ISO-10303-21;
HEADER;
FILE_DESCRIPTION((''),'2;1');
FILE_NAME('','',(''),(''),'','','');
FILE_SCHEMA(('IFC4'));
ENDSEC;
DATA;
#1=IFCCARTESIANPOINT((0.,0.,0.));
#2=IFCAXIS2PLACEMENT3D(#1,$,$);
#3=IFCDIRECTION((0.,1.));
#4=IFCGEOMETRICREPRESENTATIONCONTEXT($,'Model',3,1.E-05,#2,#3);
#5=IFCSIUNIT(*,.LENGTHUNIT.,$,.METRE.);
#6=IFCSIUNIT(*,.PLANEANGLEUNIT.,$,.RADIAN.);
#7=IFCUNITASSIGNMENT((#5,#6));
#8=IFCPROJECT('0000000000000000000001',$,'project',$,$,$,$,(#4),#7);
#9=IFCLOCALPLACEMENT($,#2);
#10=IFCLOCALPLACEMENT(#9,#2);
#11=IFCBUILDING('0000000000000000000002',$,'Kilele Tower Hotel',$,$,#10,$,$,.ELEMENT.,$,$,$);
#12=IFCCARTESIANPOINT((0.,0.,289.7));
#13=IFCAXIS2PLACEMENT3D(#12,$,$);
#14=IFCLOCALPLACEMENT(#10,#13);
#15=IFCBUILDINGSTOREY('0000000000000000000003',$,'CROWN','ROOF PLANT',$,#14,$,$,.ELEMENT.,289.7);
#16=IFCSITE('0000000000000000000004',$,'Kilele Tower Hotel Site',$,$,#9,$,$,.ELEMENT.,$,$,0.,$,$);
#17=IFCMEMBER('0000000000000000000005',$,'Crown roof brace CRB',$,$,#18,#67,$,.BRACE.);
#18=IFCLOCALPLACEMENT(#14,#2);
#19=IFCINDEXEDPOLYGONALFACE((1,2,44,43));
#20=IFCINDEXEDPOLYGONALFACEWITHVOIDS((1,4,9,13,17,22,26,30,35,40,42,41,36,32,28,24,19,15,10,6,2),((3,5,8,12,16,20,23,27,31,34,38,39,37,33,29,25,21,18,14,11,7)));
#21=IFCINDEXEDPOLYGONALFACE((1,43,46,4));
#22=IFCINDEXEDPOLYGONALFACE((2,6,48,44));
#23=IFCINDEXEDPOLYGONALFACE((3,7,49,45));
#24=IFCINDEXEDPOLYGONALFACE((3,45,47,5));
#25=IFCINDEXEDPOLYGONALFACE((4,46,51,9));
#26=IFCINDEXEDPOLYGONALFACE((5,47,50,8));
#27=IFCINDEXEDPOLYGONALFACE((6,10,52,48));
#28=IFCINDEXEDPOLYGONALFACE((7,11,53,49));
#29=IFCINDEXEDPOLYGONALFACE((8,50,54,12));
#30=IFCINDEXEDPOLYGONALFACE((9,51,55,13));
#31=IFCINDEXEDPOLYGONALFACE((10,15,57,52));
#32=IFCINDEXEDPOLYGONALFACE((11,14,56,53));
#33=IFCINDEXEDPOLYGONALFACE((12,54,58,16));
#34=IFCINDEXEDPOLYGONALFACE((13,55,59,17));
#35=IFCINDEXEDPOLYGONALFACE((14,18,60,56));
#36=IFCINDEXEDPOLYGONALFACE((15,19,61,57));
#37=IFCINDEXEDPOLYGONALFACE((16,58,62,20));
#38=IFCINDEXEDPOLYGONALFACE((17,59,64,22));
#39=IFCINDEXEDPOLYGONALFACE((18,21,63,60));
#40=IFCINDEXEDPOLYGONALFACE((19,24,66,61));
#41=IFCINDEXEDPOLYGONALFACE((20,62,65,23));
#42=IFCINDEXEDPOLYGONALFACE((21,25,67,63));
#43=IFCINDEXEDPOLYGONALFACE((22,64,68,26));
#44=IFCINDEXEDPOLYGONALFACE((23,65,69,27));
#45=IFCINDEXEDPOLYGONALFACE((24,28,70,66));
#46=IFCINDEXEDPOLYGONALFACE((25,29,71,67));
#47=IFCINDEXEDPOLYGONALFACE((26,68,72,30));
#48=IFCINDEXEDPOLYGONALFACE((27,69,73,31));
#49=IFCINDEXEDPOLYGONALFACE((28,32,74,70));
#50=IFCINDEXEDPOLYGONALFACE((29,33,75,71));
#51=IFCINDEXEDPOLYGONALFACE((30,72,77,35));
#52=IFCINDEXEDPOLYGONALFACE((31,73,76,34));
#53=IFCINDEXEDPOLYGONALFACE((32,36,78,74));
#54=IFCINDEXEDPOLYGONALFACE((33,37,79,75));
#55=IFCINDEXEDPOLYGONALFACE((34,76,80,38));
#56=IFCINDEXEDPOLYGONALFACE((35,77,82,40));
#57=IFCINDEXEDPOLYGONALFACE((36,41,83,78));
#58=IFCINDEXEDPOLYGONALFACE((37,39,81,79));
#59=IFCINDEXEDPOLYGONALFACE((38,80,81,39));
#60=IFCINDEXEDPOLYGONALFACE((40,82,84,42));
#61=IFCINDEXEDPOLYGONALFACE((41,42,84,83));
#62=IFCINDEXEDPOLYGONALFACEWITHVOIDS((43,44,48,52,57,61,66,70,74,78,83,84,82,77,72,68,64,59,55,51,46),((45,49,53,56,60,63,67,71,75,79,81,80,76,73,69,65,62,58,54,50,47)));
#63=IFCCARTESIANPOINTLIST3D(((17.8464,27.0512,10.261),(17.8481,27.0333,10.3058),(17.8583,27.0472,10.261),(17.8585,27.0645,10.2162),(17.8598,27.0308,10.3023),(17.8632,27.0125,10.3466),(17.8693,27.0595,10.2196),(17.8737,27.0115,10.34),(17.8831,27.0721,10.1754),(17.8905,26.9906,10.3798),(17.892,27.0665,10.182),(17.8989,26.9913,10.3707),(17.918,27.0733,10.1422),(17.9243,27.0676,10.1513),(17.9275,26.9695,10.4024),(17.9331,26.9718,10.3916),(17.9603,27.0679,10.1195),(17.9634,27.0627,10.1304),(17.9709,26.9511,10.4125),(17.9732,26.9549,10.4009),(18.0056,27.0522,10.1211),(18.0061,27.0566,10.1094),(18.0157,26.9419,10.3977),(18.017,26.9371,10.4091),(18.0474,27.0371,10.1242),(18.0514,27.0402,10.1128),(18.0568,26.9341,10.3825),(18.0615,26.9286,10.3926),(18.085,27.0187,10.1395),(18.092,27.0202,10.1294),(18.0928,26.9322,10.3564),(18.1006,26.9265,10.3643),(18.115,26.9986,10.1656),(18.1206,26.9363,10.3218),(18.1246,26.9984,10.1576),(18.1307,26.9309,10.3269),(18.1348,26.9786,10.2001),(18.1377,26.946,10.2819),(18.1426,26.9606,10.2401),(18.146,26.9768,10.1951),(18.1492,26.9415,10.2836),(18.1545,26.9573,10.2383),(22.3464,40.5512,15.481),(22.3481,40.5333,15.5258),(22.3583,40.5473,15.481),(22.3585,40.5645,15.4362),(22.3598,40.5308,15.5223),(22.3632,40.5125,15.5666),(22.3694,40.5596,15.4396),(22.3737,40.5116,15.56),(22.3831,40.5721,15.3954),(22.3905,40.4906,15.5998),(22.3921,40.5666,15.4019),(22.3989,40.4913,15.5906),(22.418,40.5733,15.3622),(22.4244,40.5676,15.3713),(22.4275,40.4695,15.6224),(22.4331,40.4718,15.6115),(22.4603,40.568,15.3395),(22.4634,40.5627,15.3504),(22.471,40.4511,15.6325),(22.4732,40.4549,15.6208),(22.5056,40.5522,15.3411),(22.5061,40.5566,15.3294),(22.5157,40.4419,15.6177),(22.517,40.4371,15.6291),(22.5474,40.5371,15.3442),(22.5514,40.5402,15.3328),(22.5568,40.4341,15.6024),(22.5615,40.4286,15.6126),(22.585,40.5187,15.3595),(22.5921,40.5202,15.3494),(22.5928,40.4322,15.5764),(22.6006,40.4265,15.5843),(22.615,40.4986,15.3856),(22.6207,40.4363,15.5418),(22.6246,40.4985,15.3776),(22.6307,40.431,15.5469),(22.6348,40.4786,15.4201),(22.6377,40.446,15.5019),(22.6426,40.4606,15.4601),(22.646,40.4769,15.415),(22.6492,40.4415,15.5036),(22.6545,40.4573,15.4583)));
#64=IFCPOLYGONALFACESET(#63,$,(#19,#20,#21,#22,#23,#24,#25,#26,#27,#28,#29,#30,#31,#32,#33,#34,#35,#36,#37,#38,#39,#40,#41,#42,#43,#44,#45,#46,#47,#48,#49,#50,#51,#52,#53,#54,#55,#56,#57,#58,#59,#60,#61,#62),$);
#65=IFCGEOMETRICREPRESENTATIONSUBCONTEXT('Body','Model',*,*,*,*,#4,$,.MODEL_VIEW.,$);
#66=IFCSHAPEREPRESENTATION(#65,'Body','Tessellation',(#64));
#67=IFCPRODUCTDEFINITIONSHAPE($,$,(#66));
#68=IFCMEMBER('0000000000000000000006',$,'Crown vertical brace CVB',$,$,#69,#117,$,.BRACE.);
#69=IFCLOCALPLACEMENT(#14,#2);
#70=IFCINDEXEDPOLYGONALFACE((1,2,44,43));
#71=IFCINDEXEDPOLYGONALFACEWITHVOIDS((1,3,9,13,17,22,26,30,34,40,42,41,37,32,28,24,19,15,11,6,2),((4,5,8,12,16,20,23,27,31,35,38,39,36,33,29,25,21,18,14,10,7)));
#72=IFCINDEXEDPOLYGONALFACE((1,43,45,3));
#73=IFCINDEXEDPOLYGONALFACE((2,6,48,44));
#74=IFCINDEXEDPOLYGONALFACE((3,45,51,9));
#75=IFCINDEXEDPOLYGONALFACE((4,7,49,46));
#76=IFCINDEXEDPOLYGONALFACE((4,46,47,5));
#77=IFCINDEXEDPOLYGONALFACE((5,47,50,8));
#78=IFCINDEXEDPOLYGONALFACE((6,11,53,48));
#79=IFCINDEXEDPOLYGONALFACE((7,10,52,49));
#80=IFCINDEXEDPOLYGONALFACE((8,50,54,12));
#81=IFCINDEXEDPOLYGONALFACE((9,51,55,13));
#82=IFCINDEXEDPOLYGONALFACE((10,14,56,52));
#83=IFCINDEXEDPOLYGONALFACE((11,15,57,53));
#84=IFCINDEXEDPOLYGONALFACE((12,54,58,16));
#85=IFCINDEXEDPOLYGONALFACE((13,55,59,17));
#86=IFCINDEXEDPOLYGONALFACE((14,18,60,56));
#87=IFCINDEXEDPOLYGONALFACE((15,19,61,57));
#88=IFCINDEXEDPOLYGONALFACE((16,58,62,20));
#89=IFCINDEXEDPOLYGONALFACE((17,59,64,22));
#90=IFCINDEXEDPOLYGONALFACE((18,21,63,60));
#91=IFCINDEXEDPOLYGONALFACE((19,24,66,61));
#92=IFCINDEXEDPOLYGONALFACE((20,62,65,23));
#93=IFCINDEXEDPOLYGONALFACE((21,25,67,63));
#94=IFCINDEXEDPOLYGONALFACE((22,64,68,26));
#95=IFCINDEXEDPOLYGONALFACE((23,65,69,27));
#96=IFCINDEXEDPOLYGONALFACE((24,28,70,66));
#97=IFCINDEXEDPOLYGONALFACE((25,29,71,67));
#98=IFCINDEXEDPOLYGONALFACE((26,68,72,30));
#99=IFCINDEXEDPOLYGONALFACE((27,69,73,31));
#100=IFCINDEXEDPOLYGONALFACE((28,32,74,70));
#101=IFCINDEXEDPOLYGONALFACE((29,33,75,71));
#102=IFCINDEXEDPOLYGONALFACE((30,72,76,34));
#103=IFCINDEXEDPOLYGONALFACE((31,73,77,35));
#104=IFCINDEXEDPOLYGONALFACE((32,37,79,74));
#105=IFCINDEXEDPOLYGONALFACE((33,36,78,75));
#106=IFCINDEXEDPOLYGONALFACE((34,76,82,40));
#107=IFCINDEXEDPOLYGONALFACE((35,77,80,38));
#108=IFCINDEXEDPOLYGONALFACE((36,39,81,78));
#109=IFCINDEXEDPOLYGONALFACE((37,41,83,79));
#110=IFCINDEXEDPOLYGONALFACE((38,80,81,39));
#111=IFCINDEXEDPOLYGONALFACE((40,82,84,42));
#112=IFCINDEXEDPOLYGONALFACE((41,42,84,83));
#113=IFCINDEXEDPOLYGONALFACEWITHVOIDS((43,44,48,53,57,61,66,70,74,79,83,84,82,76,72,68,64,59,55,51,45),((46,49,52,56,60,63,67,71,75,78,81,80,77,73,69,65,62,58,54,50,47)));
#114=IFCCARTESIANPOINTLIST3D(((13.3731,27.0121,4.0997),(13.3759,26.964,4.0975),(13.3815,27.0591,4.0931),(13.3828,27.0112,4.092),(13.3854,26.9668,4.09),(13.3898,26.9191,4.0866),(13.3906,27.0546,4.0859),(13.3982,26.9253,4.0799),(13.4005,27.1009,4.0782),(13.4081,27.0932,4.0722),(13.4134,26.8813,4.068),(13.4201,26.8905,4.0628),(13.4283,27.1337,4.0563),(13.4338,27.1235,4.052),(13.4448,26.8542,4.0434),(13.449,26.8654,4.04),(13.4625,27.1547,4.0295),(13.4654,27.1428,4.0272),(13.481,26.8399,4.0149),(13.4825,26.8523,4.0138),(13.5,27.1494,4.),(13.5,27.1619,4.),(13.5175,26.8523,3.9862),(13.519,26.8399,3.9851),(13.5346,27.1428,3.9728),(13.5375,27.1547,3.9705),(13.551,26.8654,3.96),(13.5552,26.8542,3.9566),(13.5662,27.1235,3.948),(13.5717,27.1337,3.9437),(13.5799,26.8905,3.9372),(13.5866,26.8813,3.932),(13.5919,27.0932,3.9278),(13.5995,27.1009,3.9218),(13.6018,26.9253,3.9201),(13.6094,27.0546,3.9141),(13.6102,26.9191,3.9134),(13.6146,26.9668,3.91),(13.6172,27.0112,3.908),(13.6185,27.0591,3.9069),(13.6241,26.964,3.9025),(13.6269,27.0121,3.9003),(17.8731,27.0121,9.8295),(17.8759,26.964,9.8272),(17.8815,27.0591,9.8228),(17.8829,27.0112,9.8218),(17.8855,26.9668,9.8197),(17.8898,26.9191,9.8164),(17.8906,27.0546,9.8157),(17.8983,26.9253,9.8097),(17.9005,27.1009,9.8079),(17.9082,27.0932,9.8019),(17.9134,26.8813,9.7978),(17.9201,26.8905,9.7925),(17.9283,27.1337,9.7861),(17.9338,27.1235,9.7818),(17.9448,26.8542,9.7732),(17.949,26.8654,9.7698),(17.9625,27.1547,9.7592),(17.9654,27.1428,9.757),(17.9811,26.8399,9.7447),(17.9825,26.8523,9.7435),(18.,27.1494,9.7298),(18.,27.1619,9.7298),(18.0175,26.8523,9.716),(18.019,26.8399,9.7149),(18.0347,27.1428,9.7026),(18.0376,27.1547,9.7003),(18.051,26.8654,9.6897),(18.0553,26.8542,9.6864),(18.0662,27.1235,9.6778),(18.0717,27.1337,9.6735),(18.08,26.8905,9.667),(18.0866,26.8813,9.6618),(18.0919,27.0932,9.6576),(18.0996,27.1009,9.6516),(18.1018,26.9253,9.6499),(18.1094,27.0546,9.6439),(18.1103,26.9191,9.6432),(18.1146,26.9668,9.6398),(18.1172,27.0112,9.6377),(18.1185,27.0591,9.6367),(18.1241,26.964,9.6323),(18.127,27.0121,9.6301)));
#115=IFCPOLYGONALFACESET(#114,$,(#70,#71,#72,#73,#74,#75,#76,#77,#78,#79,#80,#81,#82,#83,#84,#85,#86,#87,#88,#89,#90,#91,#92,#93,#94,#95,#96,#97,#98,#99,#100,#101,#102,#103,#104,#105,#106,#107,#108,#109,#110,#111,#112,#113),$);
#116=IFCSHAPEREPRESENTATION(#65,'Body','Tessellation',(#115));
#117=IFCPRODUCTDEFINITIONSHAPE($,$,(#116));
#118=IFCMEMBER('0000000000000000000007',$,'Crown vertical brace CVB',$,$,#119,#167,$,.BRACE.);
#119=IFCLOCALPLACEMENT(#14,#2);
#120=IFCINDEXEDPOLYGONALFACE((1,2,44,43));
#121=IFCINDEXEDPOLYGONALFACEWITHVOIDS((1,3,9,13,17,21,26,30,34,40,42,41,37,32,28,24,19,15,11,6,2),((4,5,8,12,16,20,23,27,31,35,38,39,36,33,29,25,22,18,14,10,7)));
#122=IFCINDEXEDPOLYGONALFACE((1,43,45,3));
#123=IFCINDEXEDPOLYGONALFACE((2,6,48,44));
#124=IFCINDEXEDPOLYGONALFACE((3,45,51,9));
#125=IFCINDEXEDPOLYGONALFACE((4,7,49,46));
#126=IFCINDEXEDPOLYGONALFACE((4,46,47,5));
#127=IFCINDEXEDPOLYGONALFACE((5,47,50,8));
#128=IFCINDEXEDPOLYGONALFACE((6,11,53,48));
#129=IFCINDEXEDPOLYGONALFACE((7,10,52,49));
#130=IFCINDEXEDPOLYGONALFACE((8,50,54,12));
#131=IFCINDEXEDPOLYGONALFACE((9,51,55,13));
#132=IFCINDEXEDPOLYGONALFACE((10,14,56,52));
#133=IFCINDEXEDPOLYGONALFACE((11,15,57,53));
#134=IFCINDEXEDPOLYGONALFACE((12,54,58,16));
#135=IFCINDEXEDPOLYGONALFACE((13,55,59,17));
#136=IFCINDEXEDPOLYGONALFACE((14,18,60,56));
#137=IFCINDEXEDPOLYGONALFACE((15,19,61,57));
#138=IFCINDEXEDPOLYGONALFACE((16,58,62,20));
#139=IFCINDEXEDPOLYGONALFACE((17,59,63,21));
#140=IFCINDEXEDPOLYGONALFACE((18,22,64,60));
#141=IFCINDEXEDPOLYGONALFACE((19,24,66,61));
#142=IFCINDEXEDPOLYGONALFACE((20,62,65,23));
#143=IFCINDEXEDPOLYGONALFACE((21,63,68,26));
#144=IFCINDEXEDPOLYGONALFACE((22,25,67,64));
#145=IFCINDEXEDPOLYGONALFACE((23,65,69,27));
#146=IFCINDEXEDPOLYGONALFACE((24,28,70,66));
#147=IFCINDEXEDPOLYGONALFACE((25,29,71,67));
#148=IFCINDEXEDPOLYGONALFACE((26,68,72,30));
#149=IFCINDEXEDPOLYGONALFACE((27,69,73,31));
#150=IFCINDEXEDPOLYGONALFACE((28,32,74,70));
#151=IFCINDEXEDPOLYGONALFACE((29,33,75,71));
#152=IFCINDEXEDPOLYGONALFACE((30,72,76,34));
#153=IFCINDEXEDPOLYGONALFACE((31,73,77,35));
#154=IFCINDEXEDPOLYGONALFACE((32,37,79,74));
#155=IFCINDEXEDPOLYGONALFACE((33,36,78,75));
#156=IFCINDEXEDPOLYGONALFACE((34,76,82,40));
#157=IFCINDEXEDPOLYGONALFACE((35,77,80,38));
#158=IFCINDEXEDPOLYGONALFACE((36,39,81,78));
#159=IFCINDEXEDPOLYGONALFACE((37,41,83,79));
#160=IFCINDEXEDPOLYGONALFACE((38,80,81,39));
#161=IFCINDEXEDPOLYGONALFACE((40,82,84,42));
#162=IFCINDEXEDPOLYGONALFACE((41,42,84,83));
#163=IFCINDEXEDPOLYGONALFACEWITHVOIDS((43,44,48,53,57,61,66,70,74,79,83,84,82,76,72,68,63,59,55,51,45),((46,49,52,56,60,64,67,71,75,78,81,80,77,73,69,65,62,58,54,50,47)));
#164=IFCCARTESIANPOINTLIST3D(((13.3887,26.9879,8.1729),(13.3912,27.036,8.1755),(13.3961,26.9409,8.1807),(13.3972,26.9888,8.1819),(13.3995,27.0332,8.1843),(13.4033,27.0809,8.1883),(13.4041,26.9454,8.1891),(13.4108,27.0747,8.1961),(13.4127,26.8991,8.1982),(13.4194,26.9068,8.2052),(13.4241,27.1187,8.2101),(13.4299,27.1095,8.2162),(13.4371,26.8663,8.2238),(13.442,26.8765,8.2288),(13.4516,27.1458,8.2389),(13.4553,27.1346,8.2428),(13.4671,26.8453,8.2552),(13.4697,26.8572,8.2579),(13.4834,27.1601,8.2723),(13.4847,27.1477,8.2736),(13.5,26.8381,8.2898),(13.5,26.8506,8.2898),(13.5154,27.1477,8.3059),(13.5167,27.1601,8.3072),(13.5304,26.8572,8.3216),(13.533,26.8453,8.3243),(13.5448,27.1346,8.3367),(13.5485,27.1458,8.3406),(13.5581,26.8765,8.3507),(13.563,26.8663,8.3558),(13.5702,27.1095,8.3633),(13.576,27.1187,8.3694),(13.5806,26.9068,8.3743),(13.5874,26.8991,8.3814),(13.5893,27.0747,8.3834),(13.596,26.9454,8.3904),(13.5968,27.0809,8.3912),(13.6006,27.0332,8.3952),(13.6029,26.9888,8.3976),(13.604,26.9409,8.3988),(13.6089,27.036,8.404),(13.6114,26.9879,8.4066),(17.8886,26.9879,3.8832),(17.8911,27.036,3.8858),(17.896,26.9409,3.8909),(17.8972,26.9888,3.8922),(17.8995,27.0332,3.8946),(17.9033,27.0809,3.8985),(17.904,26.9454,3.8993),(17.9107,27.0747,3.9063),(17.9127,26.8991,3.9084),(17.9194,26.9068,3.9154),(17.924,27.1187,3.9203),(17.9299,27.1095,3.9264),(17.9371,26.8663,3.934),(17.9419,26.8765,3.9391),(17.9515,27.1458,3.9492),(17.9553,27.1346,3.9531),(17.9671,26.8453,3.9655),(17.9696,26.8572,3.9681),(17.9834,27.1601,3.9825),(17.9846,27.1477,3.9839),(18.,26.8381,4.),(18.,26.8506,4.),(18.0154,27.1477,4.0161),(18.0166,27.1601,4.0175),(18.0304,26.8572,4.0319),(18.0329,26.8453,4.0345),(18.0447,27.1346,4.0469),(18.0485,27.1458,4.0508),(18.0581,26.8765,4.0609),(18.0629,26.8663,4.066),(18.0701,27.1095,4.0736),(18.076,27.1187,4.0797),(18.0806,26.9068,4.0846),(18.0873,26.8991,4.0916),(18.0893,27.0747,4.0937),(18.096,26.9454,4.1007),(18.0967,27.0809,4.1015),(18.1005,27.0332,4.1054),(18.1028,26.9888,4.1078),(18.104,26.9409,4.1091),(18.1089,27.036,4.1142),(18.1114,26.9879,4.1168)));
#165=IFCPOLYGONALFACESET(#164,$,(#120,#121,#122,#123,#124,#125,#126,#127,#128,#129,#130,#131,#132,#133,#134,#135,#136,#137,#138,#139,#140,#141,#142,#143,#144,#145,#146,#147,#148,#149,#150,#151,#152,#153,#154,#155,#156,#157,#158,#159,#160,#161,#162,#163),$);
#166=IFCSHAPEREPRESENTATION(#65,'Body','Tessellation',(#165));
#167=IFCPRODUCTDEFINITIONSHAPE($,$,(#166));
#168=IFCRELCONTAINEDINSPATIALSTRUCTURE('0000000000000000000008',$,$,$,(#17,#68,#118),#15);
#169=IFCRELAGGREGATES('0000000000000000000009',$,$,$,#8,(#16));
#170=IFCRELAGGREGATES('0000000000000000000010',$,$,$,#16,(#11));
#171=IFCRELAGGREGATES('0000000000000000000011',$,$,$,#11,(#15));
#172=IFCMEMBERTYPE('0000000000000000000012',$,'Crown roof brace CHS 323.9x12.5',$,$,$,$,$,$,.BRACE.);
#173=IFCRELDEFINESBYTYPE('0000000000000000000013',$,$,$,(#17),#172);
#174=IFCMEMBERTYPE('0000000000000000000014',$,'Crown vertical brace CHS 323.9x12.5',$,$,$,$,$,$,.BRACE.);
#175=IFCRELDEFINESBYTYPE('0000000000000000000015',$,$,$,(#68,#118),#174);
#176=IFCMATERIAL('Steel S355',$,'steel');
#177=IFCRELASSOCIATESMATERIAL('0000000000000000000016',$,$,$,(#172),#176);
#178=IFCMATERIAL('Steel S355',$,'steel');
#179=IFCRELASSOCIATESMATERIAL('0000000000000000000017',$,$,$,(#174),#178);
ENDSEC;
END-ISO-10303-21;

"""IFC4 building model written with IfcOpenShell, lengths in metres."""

from ifc_helpers import new_model, si_unit, direction, frame, origin, origin_2d, place, context, subcontext, project, spatial, hollow_circle, extrude, material, material_profile, profile_set, type_object, element, save


model = new_model("IFC4")

# Units and contexts
model_context = context("Model", 3, precision=1e-05, world=origin(), true_north=direction((0.0, 1.0)))
body_context = subcontext(model_context, "Body", "Model", "MODEL_VIEW")
ifc_project = project(units=[si_unit("LENGTHUNIT", "METRE"), si_unit("PLANEANGLEUNIT", "RADIAN")], contexts=[model_context])

# Site, building, storey
site_placement = place(None, origin())
site = spatial("IfcSite", under=ifc_project, at=site_placement, Name="Kilele Tower Hotel Site", CompositionType="ELEMENT", RefElevation=0.0)
building_placement = place(site_placement, origin())
building = spatial("IfcBuilding", under=site, at=building_placement, Name="Kilele Tower Hotel", CompositionType="ELEMENT")
storey_placement = place(building_placement, frame((0.0, 0.0, 289.7)))
storey = spatial("IfcBuildingStorey", under=building, at=storey_placement, Name="CROWN", Description="ROOF PLANT", CompositionType="ELEMENT", Elevation=289.7)

# Members
ifc_material_1 = material(Name="Steel S355", Category="steel")
ifc_material_profile_1 = material_profile(ifc_material_1, hollow_circle(Radius=0.1619, WallThickness=0.0125, at=origin_2d()))
ifc_profile_set_1 = profile_set([ifc_material_profile_1], Name="Steel S355")
member_type_1 = type_object("IfcMemberType", Name="Crown roof brace CHS 323.9x12.5", PredefinedType="BRACE", material=ifc_profile_set_1)
member_1_placement = place(storey_placement, frame((18.0, 27.0, 10.261), z_axis=(0.296884, 0.890652, 0.344383), x_axis=(-0.948683, 0.316228, 0.0)))
element("IfcMember", 1, at=member_1_placement, inside=storey, type_object=member_type_1, Name="Crown roof brace CRB", PredefinedType="BRACE", context=body_context, shape_type="SweptSolid", body=[
    extrude(hollow_circle(Radius=0.1619, WallThickness=0.0125, at=origin_2d()), origin(), (0.0, 0.0, 1.0), 15.1575),
])
ifc_material_2 = material(Name="Steel S355", Category="steel")
ifc_material_profile_2 = material_profile(ifc_material_2, hollow_circle(Radius=0.1619, WallThickness=0.0125, at=origin_2d()))
ifc_profile_set_2 = profile_set([ifc_material_profile_2], Name="Steel S355")
member_type_2 = type_object("IfcMemberType", Name="Crown vertical brace CHS 323.9x12.5", PredefinedType="BRACE", material=ifc_profile_set_2)
member_2_placement = place(storey_placement, frame((13.5, 27.0, 4.0), z_axis=(0.617657, 0.0, 0.786447), x_axis=(0.0, 1.0, 0.0)))
element("IfcMember", 2, at=member_2_placement, inside=storey, type_object=member_type_2, Name="Crown vertical brace CVB", PredefinedType="BRACE", context=body_context, shape_type="SweptSolid", body=[
    extrude(hollow_circle(Radius=0.1619, WallThickness=0.0125, at=origin_2d()), origin(), (0.0, 0.0, 1.0), 7.2856),
])
member_3_placement = place(storey_placement, frame((18.0, 27.0, 4.0), z_axis=(-0.72381, 0.0, 0.689999), x_axis=(0.0, -1.0, 0.0)))
element("IfcMember", 3, at=member_3_placement, inside=storey, type_object=member_type_2, Name="Crown vertical brace CVB", PredefinedType="BRACE", context=body_context, shape_type="SweptSolid", body=[
    extrude(hollow_circle(Radius=0.1619, WallThickness=0.0125, at=origin_2d()), origin(), (0.0, 0.0, 1.0), 6.217),
])

save(model, "model.ifc")
